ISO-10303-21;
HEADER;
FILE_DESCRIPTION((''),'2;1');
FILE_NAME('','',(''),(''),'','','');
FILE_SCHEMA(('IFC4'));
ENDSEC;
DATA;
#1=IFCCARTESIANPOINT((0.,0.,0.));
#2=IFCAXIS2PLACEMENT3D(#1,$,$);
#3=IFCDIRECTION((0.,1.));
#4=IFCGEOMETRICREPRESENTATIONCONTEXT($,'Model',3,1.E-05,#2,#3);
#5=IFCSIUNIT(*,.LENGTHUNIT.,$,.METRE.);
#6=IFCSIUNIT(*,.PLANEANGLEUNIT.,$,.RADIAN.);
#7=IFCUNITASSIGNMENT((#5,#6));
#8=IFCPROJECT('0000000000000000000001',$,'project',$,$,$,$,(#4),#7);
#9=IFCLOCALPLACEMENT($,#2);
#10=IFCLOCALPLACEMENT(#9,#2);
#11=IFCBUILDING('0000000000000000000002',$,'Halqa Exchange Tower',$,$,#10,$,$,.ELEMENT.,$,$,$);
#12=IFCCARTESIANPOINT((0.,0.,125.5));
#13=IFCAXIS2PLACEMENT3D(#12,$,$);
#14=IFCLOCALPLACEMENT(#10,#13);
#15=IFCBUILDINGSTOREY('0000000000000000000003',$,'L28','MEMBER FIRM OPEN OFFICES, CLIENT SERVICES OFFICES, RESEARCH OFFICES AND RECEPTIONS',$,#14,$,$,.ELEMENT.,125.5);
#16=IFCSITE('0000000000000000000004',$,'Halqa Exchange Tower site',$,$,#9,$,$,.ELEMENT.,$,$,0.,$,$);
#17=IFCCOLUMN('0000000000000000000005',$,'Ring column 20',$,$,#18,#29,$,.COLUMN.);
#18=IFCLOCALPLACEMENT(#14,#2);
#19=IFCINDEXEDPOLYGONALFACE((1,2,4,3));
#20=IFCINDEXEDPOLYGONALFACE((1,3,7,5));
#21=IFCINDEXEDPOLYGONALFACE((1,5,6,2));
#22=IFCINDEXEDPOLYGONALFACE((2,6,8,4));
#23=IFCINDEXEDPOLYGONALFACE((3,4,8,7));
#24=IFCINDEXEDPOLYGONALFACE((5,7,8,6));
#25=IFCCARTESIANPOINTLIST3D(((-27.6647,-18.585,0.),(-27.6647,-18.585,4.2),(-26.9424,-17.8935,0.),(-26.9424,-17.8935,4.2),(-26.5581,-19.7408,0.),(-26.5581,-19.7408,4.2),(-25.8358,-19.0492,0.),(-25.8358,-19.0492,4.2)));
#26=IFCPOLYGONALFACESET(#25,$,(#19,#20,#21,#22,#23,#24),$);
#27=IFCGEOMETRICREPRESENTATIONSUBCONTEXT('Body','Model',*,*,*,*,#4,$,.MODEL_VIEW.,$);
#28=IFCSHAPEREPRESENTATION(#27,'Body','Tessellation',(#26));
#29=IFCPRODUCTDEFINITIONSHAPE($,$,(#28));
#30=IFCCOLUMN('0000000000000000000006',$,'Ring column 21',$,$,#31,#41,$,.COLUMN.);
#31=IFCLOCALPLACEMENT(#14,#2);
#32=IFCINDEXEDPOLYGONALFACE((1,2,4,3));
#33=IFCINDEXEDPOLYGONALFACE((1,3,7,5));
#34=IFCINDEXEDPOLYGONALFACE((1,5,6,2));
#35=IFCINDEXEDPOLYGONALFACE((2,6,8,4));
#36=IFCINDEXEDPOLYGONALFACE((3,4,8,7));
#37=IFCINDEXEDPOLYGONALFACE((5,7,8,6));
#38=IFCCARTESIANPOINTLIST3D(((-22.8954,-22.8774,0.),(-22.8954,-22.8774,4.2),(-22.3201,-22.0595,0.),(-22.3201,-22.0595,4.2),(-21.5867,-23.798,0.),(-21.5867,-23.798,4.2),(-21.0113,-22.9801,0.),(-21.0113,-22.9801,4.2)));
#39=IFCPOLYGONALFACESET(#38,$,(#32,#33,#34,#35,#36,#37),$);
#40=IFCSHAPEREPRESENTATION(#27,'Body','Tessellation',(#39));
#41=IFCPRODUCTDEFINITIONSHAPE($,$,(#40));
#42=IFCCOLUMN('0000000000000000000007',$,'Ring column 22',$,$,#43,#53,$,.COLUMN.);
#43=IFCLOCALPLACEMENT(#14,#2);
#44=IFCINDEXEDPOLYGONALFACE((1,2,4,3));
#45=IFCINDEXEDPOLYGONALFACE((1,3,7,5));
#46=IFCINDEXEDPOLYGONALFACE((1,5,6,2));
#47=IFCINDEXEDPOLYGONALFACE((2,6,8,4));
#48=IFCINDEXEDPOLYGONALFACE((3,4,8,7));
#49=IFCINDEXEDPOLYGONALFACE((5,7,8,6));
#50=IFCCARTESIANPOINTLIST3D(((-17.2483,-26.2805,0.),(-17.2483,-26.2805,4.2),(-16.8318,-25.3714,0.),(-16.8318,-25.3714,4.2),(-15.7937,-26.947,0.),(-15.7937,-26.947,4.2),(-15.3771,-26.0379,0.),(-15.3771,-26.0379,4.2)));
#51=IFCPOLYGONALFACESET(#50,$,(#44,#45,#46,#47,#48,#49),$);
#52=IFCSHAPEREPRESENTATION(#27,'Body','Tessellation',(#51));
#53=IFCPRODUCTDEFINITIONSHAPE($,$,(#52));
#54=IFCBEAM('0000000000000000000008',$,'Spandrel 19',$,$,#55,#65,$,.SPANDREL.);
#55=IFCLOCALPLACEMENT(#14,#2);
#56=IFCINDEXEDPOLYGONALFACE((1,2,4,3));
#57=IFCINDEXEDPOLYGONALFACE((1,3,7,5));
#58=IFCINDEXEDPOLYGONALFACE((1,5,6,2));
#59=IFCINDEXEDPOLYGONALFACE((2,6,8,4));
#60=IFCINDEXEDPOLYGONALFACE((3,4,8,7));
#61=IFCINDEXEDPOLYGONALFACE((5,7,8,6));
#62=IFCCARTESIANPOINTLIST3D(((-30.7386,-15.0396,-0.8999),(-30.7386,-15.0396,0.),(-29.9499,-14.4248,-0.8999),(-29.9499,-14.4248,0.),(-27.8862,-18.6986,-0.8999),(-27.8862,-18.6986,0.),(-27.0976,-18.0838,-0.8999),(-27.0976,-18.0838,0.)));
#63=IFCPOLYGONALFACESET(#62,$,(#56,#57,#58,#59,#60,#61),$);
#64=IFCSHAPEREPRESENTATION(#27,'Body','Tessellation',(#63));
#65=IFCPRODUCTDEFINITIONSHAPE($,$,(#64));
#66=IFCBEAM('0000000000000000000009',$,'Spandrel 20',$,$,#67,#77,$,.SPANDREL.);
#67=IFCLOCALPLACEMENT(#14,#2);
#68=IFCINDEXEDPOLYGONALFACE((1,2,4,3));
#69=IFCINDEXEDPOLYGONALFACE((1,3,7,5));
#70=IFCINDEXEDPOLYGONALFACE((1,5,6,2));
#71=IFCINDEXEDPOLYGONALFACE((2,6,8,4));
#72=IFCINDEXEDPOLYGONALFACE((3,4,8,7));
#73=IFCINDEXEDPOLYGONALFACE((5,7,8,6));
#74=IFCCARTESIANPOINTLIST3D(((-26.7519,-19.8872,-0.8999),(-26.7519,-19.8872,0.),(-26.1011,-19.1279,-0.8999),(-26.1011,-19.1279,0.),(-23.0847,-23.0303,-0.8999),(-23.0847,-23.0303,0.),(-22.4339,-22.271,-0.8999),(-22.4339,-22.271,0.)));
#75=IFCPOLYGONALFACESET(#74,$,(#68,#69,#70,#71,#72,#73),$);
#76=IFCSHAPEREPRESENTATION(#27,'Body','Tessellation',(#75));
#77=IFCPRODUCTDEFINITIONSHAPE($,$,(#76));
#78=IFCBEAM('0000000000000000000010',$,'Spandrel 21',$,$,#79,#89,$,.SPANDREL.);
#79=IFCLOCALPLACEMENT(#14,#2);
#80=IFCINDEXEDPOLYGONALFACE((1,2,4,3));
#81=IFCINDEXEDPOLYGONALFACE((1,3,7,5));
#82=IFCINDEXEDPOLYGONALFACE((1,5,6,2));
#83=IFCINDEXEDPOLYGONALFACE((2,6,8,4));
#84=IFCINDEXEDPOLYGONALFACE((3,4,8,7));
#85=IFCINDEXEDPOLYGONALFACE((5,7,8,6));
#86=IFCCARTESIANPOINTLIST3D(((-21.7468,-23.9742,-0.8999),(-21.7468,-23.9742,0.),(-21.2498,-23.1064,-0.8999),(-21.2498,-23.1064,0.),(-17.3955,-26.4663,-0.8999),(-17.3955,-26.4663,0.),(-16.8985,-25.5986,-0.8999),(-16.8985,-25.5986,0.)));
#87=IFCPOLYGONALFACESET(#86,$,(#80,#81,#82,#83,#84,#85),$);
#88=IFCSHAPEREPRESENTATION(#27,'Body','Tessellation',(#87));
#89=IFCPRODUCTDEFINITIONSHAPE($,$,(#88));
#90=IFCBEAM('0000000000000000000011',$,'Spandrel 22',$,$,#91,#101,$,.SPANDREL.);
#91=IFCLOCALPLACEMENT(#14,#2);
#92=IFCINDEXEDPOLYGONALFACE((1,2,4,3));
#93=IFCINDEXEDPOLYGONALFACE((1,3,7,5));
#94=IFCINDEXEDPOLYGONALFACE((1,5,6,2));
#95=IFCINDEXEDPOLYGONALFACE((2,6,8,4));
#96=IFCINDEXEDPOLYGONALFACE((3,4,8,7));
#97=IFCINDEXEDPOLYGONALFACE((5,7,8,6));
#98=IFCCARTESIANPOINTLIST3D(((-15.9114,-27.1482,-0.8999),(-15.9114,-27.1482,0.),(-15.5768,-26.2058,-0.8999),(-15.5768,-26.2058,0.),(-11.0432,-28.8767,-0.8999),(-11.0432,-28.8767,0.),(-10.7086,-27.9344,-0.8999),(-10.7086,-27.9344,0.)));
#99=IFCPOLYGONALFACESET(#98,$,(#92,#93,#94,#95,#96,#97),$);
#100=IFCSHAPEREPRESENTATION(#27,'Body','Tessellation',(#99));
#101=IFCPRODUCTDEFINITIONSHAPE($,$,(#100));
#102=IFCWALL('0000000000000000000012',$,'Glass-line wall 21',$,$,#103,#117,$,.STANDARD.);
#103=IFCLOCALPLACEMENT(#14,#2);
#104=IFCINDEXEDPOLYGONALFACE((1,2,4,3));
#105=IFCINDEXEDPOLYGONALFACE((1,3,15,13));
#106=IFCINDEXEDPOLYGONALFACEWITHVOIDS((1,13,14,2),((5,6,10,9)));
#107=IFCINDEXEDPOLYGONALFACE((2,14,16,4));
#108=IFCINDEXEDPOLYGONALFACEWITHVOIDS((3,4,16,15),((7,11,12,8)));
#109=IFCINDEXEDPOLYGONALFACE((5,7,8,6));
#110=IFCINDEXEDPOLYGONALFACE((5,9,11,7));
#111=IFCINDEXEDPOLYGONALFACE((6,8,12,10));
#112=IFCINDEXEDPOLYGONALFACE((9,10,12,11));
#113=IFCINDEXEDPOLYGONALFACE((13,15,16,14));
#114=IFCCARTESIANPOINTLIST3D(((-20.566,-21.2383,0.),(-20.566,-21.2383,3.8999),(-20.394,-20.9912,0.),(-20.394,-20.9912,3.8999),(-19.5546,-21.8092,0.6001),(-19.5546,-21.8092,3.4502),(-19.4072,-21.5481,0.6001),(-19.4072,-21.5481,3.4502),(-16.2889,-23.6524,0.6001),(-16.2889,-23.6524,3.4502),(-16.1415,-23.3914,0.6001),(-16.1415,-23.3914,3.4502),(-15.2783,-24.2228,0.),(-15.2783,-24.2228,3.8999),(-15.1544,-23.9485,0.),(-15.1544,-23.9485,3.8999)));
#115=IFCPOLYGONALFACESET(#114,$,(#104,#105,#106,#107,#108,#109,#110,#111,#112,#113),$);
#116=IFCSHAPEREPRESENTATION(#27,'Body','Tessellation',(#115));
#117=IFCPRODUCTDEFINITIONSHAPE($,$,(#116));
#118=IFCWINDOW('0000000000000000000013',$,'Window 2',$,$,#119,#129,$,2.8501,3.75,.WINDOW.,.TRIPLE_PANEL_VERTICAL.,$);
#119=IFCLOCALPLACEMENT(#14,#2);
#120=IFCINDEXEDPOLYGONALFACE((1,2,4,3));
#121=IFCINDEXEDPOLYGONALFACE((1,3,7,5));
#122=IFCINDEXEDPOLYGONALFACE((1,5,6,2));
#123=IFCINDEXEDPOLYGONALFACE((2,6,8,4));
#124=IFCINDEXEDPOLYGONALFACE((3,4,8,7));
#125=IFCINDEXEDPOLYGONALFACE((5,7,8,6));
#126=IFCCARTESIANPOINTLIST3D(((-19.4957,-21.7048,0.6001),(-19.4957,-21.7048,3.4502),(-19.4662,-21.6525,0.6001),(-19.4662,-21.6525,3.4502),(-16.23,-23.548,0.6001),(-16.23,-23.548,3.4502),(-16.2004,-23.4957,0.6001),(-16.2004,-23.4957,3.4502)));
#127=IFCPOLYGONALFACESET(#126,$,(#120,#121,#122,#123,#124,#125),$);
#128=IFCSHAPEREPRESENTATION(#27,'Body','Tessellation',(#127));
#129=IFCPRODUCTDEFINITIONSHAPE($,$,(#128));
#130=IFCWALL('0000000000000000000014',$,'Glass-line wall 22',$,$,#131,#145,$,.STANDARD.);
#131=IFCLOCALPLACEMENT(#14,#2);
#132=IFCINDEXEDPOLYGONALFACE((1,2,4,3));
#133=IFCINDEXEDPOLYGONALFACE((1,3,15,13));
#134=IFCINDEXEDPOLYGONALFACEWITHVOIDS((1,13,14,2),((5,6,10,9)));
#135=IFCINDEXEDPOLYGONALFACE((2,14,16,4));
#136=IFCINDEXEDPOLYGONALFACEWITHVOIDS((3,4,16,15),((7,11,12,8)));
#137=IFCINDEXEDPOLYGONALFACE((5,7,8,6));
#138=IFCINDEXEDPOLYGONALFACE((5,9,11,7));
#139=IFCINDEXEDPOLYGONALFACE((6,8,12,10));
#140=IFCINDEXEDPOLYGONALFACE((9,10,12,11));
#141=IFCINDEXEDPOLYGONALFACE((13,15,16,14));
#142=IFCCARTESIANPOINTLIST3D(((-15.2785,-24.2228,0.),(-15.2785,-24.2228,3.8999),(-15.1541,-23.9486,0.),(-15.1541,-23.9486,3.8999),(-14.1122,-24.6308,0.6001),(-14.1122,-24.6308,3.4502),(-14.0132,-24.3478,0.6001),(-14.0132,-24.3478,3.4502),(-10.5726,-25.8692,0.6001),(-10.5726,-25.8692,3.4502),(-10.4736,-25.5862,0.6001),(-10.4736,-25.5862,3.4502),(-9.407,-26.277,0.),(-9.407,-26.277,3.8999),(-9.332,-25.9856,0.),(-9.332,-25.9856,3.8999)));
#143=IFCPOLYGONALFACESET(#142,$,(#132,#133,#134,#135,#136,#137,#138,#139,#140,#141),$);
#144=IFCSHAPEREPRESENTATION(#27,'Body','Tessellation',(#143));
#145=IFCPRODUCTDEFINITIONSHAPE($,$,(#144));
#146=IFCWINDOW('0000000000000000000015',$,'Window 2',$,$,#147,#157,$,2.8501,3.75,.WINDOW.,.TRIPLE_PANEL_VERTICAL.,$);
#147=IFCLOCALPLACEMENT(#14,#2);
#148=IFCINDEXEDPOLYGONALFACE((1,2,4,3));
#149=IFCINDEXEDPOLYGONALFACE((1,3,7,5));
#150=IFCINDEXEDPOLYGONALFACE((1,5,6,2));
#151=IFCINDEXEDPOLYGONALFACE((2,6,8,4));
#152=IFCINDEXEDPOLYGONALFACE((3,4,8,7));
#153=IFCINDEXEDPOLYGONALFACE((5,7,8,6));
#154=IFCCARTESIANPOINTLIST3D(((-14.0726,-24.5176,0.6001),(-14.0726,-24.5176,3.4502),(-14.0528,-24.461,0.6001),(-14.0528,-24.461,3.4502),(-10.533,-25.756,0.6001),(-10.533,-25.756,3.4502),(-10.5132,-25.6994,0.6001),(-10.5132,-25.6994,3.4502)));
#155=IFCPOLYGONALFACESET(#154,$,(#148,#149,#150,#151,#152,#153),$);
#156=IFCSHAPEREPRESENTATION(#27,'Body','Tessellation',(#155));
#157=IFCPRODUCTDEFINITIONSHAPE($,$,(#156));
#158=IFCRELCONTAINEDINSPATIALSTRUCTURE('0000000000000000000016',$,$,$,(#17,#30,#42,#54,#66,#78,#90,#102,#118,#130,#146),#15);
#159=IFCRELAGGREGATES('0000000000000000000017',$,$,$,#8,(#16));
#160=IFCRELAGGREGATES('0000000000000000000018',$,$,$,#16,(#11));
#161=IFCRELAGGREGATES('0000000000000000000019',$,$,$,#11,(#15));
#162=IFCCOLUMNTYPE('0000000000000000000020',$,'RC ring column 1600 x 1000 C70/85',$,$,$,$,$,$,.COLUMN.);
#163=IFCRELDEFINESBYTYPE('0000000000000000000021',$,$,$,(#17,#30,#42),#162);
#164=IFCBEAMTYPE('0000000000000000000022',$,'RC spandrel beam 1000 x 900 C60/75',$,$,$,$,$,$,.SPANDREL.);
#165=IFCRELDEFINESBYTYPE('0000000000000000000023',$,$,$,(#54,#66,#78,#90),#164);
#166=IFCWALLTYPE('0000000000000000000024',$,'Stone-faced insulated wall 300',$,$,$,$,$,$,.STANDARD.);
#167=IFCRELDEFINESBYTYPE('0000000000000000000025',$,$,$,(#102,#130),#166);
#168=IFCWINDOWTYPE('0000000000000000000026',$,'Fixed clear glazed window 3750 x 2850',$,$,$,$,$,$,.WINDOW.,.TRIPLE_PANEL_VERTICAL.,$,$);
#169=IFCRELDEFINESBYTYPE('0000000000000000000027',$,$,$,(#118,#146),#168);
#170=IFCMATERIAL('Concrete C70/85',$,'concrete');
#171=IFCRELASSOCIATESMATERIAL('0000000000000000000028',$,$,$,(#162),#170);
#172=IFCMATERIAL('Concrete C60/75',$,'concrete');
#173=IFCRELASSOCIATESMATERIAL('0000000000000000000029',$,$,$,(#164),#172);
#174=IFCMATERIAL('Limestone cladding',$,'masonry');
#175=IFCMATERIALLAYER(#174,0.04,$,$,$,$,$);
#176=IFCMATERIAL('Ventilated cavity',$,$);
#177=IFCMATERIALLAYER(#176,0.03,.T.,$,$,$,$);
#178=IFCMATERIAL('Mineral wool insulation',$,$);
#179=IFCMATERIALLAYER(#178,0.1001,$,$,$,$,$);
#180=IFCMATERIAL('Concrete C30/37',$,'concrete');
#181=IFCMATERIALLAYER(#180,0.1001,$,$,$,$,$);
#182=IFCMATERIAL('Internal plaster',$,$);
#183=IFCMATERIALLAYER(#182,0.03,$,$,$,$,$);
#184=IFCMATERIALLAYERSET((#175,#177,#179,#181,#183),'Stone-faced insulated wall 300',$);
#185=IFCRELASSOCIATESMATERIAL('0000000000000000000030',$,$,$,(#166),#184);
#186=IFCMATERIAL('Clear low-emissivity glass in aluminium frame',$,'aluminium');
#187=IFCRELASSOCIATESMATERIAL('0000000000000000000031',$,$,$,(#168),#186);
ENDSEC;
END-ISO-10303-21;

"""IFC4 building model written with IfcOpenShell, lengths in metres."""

from ifc_helpers import new_model, si_unit, direction, frame, frame_2d, origin, origin_2d, place, context, subcontext, project, spatial, polyline, rectangle, outline, extrude, material, layer, layer_set, material_profile, profile_set, type_object, element, fill, save


model = new_model("IFC4")

# Units and contexts
model_context = context("Model", 3, precision=1e-05, world=origin(), true_north=direction((0.0, 1.0)))
body_context = subcontext(model_context, "Body", "Model", "MODEL_VIEW")
ifc_project = project(units=[si_unit("LENGTHUNIT", "METRE"), si_unit("PLANEANGLEUNIT", "RADIAN")], contexts=[model_context])

# Site, building, storey
site_placement = place(None, origin())
site = spatial("IfcSite", under=ifc_project, at=site_placement, Name="Halqa Exchange Tower site", CompositionType="ELEMENT", RefElevation=0.0)
building_placement = place(site_placement, origin())
building = spatial("IfcBuilding", under=site, at=building_placement, Name="Halqa Exchange Tower", CompositionType="ELEMENT")
storey_placement = place(building_placement, frame((0.0, 0.0, 125.5)))
storey = spatial("IfcBuildingStorey", under=building, at=storey_placement, Name="L28", Description="MEMBER FIRM OPEN OFFICES, CLIENT SERVICES OFFICES, RESEARCH OFFICES AND RECEPTIONS", CompositionType="ELEMENT", Elevation=125.5)

# Columns
ifc_material_1 = material(Name="Concrete C70/85", Category="concrete")
ifc_material_profile_1 = material_profile(ifc_material_1, rectangle(XDim=1.6001, YDim=1.0, at=origin_2d()), Name="1600 x 1000")
ifc_profile_set_1 = profile_set([ifc_material_profile_1], Name="Concrete C70/85")
column_type = type_object("IfcColumnType", Name="RC ring column 1600 x 1000 C70/85", PredefinedType="COLUMN", material=ifc_profile_set_1)
for number, where, z_axis, x_axis, name in (
    (1, (-26.7502, -18.8171, 0.0), (0.0, 0.0, 1.0), (0.691571, -0.722308, 0.0), "Ring column 20"),
    (2, (-21.9534, -22.9287, 0.0), (0.0, 0.0, 1.0), (0.81791, -0.575346, 0.0), "Ring column 21"),
    (3, (-16.3127, -26.1592, 0.0), (0.0, 0.0, 1.0), (0.909126, -0.41652, 0.0), "Ring column 22"),
):
    element("IfcColumn", number, at=place(storey_placement, frame(where, z_axis=z_axis, x_axis=x_axis)), inside=storey, type_object=column_type, Name=name, PredefinedType="COLUMN", context=body_context, shape_type="SweptSolid", body=[
        extrude(rectangle(XDim=1.6001, YDim=1.0, at=origin_2d()), origin(), (0.0, 0.0, 1.0), 4.2),
    ])

# Beams
ifc_material_2 = material(Name="Concrete C60/75", Category="concrete")
ifc_material_profile_2 = material_profile(ifc_material_2, rectangle(XDim=1.0, YDim=0.8999, at=origin_2d()), Name="1000 x 900")
ifc_profile_set_2 = profile_set([ifc_material_profile_2], Name="Concrete C60/75")
beam_type = type_object("IfcBeamType", Name="RC spandrel beam 1000 x 900 C60/75", PredefinedType="SPANDREL", material=ifc_profile_set_2)
beam_1_placement = place(storey_placement, frame((-30.3442, -14.7322, -0.45), z_axis=(0.614807, -0.788677, 0.0), x_axis=(0.788677, 0.614807, 0.0)))
element("IfcBeam", 4, at=beam_1_placement, inside=storey, type_object=beam_type, Name="Spandrel 19", PredefinedType="SPANDREL", context=body_context, shape_type="SweptSolid", body=[
    extrude(rectangle(XDim=1.0, YDim=0.8999, at=origin_2d()), origin(), (0.0, 0.0, 1.0), 4.6394),
])
beam_2_placement = place(storey_placement, frame((-26.4265, -19.5076, -0.45), z_axis=(0.759285, -0.650758, 0.0), x_axis=(0.650758, 0.759285, 0.0)))
element("IfcBeam", 5, at=beam_2_placement, inside=storey, type_object=beam_type, Name="Spandrel 20", PredefinedType="SPANDREL", context=body_context, shape_type="SweptSolid", body=[
    extrude(rectangle(XDim=1.0, YDim=0.8999, at=origin_2d()), origin(), (0.0, 0.0, 1.0), 4.8298),
])
beam_3_placement = place(storey_placement, frame((-21.4983, -23.5403, -0.45), z_axis=(0.867751, -0.496999, 0.0), x_axis=(0.496999, 0.867751, 0.0)))
element("IfcBeam", 6, at=beam_3_placement, inside=storey, type_object=beam_type, Name="Spandrel 21", PredefinedType="SPANDREL", context=body_context, shape_type="SweptSolid", body=[
    extrude(rectangle(XDim=1.0, YDim=0.8999, at=origin_2d()), origin(), (0.0, 0.0, 1.0), 5.0144),
])
beam_4_placement = place(storey_placement, frame((-15.7441, -26.677, -0.45), z_axis=(0.94236, -0.334599, 0.0), x_axis=(0.334599, 0.94236, 0.0)))
element("IfcBeam", 7, at=beam_4_placement, inside=storey, type_object=beam_type, Name="Spandrel 22", PredefinedType="SPANDREL", context=body_context, shape_type="SweptSolid", body=[
    extrude(rectangle(XDim=1.0, YDim=0.8999, at=origin_2d()), origin(), (0.0, 0.0, 1.0), 5.166),
])

# Shared definitions
ifc_material_3 = material(Name="Limestone cladding", Category="masonry")
ifc_layer_1 = layer(ifc_material_3, 0.04)
ifc_material_4 = material(Name="Ventilated cavity")
ifc_layer_2 = layer(ifc_material_4, 0.03, ventilated=True)
ifc_material_5 = material(Name="Mineral wool insulation")
ifc_layer_3 = layer(ifc_material_5, 0.1001)
ifc_material_6 = material(Name="Concrete C30/37", Category="concrete")
ifc_layer_4 = layer(ifc_material_6, 0.1001)
ifc_material_7 = material(Name="Internal plaster")
ifc_layer_5 = layer(ifc_material_7, 0.03)
ifc_layer_set_1 = layer_set([ifc_layer_1, ifc_layer_2, ifc_layer_3, ifc_layer_4, ifc_layer_5], Name="Stone-faced insulated wall 300")
wall_type_1 = type_object("IfcWallType", Name="Stone-faced insulated wall 300", PredefinedType="STANDARD", material=ifc_layer_set_1)
ifc_material_8 = material(Name="Clear low-emissivity glass in aluminium frame", Category="aluminium")

# Walls, openings, windows
wall_1_placement = place(storey_placement, frame((-20.48, -21.1147, 0.0), z_axis=(0.0, 0.0, 1.0), x_axis=(0.870858, -0.491534, 0.0)))
wall_1 = element("IfcWall", 8, at=wall_1_placement, inside=storey, type_object=wall_type_1, Name="Glass-line wall 21", PredefinedType="STANDARD", context=body_context, shape_type="SweptSolid", body=[
    extrude(outline(polyline([(-0.0142, -0.1499), (6.0576, -0.1499), (6.0308, 0.1499), (0.0142, 0.1499), (-0.0142, -0.1499)])), origin(), (0.0, 0.0, 1.0), 3.8999),
])
opening_1_placement = place(wall_1_placement, frame((1.1472, 0.0, 0.6001)))
opening_1 = element("IfcOpeningElement", 9, at=opening_1_placement, cuts=wall_1, PredefinedType="OPENING", context=body_context, shape_type="SweptSolid", body=[
    extrude(rectangle(XDim=3.75, YDim=2.8501, at=frame_2d((1.875, 1.425))), frame((0.0, 0.1621, 0.0), z_axis=(0.0, -1.0, 0.0), x_axis=(1.0, 0.0, 0.0)), (0.0, 0.0, 1.0), 0.324),
])
window_type = type_object("IfcWindowType", Name="Fixed clear glazed window 3750 x 2850", PartitioningType="TRIPLE_PANEL_VERTICAL", PredefinedType="WINDOW", material=ifc_material_8)
window_1_placement = place(opening_1_placement, origin())
window_1 = element("IfcWindow", 10, at=window_1_placement, inside=storey, type_object=window_type, Name="Window 2", OverallHeight=2.8501, OverallWidth=3.75, PartitioningType="TRIPLE_PANEL_VERTICAL", PredefinedType="WINDOW", context=body_context, shape_type="SweptSolid", body=[
    extrude(rectangle(XDim=3.75, YDim=2.8501, at=frame_2d((1.875, 1.425))), frame((0.0, 0.03, 0.0), z_axis=(0.0, -1.0, 0.0), x_axis=(1.0, 0.0, 0.0)), (0.0, 0.0, 1.0), 0.0601),
])
fill(opening_1, window_1)
wall_2_placement = place(storey_placement, frame((-15.2163, -24.0857, 0.0), z_axis=(0.0, 0.0, 1.0), x_axis=(0.943897, -0.33024, 0.0)))
wall_2 = element("IfcWall", 11, at=wall_2_placement, inside=storey, type_object=wall_type_1, Name="Glass-line wall 22", PredefinedType="STANDARD", context=body_context, shape_type="SweptSolid", body=[
    extrude(outline(polyline([(-0.0134, -0.1499), (6.207, -0.1499), (6.1816, 0.1499), (0.0134, 0.1499), (-0.0134, -0.1499)])), origin(), (0.0, 0.0, 1.0), 3.8999),
])
opening_2_placement = place(wall_2_placement, frame((1.2222, 0.0, 0.6001)))
opening_2 = element("IfcOpeningElement", 12, at=opening_2_placement, cuts=wall_2, PredefinedType="OPENING", context=body_context, shape_type="SweptSolid", body=[
    extrude(rectangle(XDim=3.75, YDim=2.8501, at=frame_2d((1.875, 1.425))), frame((0.0, 0.1621, 0.0), z_axis=(0.0, -1.0, 0.0), x_axis=(1.0, 0.0, 0.0)), (0.0, 0.0, 1.0), 0.324),
])
window_2_placement = place(opening_2_placement, origin())
window_2 = element("IfcWindow", 13, at=window_2_placement, inside=storey, type_object=window_type, Name="Window 2", OverallHeight=2.8501, OverallWidth=3.75, PartitioningType="TRIPLE_PANEL_VERTICAL", PredefinedType="WINDOW", context=body_context, shape_type="SweptSolid", body=[
    extrude(rectangle(XDim=3.75, YDim=2.8501, at=frame_2d((1.875, 1.425))), frame((0.0, 0.03, 0.0), z_axis=(0.0, -1.0, 0.0), x_axis=(1.0, 0.0, 0.0)), (0.0, 0.0, 1.0), 0.0601),
])
fill(opening_2, window_2)

save(model, "model.ifc")
